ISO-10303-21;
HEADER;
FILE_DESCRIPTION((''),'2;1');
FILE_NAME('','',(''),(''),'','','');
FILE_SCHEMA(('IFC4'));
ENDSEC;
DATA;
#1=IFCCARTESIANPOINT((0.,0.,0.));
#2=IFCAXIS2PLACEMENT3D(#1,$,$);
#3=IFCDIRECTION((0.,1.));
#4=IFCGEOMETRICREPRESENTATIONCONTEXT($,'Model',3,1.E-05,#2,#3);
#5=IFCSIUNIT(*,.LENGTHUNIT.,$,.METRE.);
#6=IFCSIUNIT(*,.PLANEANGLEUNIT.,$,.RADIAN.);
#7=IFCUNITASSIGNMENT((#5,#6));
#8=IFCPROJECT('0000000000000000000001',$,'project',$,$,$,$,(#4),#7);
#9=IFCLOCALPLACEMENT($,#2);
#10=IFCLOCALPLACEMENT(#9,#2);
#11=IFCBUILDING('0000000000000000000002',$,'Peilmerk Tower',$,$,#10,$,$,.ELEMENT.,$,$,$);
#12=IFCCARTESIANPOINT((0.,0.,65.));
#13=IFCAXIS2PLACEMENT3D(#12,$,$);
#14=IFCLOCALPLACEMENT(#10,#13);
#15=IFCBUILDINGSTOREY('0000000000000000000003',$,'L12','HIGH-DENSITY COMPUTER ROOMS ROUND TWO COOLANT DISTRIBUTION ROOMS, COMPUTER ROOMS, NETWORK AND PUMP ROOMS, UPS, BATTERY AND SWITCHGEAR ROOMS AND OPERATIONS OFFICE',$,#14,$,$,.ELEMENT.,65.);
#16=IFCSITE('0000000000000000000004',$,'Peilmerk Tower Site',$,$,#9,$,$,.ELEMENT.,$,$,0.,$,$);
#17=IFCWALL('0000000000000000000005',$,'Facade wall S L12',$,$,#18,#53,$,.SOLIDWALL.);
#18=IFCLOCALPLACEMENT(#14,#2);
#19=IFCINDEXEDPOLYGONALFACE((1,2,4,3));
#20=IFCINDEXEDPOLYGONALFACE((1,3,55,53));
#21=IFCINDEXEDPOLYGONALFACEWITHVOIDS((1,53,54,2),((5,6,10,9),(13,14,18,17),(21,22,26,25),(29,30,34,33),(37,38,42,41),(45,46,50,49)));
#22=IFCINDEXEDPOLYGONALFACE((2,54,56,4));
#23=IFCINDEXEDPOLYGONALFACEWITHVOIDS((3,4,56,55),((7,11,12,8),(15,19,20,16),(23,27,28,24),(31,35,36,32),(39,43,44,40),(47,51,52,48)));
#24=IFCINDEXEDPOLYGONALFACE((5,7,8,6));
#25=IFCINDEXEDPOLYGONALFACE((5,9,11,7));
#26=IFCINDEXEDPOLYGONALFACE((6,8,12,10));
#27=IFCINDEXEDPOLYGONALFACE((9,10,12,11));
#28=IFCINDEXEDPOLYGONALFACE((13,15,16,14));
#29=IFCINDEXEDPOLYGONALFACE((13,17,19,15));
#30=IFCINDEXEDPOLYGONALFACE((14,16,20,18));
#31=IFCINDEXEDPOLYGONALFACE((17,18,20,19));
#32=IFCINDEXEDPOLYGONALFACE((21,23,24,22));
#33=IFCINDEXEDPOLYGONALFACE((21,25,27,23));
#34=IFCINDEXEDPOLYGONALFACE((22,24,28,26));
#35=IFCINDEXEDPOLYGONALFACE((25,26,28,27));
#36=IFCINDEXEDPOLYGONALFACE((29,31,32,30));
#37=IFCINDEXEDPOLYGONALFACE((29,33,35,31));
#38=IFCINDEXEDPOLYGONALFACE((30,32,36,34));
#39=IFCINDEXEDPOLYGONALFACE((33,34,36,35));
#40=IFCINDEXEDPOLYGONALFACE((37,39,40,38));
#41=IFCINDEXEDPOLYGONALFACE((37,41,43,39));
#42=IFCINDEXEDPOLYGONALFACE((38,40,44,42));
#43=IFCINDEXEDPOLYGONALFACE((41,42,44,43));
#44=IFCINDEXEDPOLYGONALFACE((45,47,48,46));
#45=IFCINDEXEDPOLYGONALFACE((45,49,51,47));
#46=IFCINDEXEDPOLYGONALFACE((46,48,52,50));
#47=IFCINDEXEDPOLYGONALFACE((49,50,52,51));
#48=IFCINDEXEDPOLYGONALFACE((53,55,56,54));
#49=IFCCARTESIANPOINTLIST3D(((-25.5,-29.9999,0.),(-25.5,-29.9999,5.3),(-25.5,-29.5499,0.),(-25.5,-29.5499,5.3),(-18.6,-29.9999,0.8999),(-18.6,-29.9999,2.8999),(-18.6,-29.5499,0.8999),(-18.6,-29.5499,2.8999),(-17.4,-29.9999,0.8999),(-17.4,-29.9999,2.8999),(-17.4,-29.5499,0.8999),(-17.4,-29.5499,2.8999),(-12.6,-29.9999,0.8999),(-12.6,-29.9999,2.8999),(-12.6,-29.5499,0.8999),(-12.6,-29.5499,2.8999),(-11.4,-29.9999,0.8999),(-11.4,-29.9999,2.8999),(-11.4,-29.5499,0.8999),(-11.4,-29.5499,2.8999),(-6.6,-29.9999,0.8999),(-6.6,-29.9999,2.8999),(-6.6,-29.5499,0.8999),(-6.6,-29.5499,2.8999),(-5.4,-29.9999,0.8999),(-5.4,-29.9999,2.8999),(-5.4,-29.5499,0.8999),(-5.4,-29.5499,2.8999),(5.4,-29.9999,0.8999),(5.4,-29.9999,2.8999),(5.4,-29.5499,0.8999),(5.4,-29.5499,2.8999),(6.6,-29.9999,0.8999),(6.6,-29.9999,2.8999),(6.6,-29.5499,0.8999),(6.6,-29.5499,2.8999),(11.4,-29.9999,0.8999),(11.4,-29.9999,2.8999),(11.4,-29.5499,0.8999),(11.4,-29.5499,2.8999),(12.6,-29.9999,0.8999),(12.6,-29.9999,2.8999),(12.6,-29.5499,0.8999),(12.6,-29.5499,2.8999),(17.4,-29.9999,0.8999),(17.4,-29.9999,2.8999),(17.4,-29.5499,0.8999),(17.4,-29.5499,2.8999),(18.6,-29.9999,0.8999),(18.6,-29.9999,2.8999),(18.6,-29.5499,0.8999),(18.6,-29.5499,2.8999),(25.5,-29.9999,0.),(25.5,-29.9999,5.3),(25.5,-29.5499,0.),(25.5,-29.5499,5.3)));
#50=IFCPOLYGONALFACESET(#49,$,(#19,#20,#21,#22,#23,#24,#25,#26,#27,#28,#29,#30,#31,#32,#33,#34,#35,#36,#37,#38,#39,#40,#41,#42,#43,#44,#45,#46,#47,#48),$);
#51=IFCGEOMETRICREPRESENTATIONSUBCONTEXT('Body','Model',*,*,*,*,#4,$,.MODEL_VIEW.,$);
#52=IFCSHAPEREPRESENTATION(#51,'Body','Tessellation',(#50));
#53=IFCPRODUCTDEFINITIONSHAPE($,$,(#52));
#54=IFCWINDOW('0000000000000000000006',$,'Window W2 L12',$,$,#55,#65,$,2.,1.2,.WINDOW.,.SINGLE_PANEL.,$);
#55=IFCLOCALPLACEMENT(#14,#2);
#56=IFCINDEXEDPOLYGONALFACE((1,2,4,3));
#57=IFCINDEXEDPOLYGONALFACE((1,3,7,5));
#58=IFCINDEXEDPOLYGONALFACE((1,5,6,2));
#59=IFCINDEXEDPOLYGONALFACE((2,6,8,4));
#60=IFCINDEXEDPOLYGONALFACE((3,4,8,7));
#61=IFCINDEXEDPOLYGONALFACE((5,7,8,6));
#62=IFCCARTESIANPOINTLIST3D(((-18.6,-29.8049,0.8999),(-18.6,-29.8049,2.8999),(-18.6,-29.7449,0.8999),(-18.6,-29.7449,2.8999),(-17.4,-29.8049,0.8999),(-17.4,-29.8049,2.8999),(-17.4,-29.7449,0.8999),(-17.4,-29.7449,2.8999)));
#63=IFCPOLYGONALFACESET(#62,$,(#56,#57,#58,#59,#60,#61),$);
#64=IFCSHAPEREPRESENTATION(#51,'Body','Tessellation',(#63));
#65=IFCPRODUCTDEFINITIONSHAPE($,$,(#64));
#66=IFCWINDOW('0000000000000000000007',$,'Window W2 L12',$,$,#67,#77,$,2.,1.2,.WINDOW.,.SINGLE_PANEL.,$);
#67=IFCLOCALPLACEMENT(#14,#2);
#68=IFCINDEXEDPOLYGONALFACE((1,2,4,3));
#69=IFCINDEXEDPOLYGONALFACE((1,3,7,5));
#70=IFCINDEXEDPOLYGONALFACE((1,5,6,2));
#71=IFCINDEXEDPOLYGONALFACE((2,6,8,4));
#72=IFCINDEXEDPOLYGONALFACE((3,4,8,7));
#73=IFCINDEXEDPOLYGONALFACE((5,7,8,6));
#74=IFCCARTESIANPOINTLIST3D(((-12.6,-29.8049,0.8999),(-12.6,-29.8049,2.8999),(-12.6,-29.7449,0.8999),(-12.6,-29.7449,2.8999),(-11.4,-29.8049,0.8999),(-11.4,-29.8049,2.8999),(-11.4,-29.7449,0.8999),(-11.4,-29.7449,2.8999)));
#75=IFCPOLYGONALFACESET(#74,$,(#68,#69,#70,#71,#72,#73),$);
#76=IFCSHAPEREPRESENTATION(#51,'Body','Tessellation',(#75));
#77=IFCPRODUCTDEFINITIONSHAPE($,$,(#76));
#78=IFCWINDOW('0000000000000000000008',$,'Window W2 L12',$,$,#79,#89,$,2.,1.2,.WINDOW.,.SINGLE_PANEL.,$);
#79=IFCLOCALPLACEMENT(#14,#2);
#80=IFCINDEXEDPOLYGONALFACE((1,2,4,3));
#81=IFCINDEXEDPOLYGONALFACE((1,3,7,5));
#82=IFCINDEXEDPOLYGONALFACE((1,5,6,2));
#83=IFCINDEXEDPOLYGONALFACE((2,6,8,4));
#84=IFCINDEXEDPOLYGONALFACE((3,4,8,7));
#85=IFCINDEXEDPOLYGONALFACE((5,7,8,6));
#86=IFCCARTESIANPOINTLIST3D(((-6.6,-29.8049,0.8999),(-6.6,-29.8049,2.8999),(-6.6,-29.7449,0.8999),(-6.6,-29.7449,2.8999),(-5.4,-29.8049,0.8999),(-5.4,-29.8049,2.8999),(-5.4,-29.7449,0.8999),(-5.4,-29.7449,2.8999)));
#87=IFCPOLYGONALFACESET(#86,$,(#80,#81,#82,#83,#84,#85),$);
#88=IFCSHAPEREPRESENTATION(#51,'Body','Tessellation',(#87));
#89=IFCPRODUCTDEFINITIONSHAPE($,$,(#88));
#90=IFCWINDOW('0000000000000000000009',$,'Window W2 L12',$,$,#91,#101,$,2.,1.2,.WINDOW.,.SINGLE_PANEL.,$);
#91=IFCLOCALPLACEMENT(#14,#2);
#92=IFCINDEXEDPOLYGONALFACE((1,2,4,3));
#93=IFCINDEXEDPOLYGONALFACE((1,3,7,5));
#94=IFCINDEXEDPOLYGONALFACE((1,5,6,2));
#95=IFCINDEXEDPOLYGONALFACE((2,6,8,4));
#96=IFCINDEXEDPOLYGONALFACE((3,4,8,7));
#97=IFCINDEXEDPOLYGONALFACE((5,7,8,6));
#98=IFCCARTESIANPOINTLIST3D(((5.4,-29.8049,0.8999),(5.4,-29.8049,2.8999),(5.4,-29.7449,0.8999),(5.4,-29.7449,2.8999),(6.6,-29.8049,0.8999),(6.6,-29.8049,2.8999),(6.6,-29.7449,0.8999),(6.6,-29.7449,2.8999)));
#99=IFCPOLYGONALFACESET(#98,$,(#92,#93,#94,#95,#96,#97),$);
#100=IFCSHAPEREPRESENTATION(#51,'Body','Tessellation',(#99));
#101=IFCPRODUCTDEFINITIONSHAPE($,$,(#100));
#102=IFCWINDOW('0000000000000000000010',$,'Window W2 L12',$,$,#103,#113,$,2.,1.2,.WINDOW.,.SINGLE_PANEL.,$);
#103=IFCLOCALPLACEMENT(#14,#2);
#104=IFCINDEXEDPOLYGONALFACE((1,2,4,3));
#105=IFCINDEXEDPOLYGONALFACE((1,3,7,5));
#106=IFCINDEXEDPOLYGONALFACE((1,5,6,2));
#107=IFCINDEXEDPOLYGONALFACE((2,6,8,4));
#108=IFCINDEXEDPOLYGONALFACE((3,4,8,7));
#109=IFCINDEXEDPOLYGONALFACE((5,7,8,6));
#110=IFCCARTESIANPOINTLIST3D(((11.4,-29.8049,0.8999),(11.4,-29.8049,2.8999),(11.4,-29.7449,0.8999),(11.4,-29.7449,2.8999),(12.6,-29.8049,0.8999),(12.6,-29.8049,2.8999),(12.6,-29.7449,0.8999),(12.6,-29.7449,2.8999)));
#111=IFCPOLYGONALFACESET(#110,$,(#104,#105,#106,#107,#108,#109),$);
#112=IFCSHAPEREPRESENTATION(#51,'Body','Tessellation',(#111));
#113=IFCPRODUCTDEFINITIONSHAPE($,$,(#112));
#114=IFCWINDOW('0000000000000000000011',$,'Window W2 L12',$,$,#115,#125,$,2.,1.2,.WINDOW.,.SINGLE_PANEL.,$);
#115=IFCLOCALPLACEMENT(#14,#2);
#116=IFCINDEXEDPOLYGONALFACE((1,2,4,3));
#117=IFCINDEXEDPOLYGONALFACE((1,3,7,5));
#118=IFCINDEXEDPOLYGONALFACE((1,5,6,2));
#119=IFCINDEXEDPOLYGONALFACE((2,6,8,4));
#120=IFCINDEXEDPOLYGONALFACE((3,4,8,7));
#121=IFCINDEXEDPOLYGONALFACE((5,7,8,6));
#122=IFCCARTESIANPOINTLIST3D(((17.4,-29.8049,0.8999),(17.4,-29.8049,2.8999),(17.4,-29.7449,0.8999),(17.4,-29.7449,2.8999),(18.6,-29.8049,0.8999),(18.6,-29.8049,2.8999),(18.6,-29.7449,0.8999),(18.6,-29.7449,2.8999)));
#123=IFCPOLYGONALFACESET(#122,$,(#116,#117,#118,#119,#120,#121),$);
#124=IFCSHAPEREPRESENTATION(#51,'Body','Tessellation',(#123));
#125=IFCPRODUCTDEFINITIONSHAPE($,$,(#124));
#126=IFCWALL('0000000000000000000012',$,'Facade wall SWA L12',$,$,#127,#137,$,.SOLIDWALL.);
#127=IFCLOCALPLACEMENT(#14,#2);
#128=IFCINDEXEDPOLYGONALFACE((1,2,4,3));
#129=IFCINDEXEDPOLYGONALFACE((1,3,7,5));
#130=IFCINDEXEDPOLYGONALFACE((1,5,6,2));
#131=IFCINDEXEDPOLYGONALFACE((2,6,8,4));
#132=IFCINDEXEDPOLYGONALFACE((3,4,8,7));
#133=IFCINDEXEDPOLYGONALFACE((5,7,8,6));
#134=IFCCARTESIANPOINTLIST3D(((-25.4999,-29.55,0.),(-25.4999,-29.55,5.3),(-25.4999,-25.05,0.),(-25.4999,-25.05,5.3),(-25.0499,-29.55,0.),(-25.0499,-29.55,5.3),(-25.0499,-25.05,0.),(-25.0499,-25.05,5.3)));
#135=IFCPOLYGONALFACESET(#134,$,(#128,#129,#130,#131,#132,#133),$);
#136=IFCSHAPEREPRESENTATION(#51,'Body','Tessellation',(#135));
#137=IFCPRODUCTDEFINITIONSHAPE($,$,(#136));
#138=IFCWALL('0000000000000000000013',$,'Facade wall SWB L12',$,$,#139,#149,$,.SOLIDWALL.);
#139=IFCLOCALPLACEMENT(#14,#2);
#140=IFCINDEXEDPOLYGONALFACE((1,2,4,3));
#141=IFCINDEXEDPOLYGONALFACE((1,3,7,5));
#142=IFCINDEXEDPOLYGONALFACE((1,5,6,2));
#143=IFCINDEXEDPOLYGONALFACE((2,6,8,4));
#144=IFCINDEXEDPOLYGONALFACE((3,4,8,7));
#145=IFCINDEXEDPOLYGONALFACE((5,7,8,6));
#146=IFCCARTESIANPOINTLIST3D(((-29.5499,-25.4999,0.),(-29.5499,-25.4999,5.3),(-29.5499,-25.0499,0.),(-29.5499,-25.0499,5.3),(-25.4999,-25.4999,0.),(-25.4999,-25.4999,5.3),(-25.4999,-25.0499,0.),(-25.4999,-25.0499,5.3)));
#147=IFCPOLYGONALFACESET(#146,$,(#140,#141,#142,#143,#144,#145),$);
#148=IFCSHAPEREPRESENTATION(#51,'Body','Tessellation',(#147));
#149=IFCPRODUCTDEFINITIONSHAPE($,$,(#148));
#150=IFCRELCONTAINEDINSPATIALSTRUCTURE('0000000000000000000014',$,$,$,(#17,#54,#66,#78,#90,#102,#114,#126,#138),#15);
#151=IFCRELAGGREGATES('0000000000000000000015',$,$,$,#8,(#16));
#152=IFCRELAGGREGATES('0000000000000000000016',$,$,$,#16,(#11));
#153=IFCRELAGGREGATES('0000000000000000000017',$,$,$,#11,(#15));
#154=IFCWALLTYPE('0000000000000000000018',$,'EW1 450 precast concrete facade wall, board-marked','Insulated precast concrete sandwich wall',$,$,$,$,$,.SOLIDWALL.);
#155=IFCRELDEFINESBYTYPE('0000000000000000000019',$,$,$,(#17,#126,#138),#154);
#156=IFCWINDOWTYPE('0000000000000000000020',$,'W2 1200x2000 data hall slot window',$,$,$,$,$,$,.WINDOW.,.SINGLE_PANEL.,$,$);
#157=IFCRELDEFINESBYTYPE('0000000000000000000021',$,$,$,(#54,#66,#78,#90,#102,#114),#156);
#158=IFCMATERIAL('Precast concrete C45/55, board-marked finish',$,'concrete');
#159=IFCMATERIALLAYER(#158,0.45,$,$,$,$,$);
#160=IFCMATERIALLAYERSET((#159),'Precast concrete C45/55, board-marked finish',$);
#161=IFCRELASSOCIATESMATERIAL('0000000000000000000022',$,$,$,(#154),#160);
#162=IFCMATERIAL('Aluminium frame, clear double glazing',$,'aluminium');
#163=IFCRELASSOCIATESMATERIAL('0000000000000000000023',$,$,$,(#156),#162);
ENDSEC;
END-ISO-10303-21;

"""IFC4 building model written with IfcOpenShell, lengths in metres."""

from ifc_helpers import new_model, si_unit, direction, frame, frame_2d, origin, place, context, subcontext, project, spatial, rectangle, extrude, material, layer, layer_set, type_object, element, fill, save


model = new_model("IFC4")

# Units and contexts
model_context = context("Model", 3, precision=1e-05, world=origin(), true_north=direction((0.0, 1.0)))
body_context = subcontext(model_context, "Body", "Model", "MODEL_VIEW")
ifc_project = project(units=[si_unit("LENGTHUNIT", "METRE"), si_unit("PLANEANGLEUNIT", "RADIAN")], contexts=[model_context])

# Site, building, storey
site_placement = place(None, origin())
site = spatial("IfcSite", under=ifc_project, at=site_placement, Name="Peilmerk Tower Site", CompositionType="ELEMENT", RefElevation=0.0)
building_placement = place(site_placement, origin())
building = spatial("IfcBuilding", under=site, at=building_placement, Name="Peilmerk Tower", CompositionType="ELEMENT")
storey_placement = place(building_placement, frame((0.0, 0.0, 65.0)))
storey = spatial("IfcBuildingStorey", under=building, at=storey_placement, Name="L12", Description="HIGH-DENSITY COMPUTER ROOMS ROUND TWO COOLANT DISTRIBUTION ROOMS, COMPUTER ROOMS, NETWORK AND PUMP ROOMS, UPS, BATTERY AND SWITCHGEAR ROOMS AND OPERATIONS OFFICE", CompositionType="ELEMENT", Elevation=65.0)

# Wall, openings, windows
ifc_material_1 = material(Name="Precast concrete C45/55, board-marked finish", Category="concrete")
ifc_layer = layer(ifc_material_1, 0.45)
ifc_layer_set = layer_set([ifc_layer], Name="Precast concrete C45/55, board-marked finish")
wall_type = type_object("IfcWallType", Name="EW1 450 precast concrete facade wall, board-marked", Description="Insulated precast concrete sandwich wall", PredefinedType="SOLIDWALL", material=ifc_layer_set)
wall_1_placement = place(storey_placement, frame((-25.5, -29.7749, 0.0), z_axis=(0.0, 0.0, 1.0), x_axis=(1.0, 0.0, 0.0)))
wall_1 = element("IfcWall", 1, at=wall_1_placement, inside=storey, type_object=wall_type, Name="Facade wall S L12", PredefinedType="SOLIDWALL", context=body_context, shape_type="SweptSolid", body=[
    extrude(rectangle(XDim=51.0, YDim=0.45, at=frame_2d((25.5, 0.0))), origin(), (0.0, 0.0, 1.0), 5.3),
])
opening_1_placement = place(wall_1_placement, frame((6.8999, 0.0, 0.8999)))
opening_1 = element("IfcOpeningElement", 2, at=opening_1_placement, cuts=wall_1, PredefinedType="OPENING", context=body_context, shape_type="SweptSolid", body=[
    extrude(rectangle(XDim=1.2, YDim=2.0, at=frame_2d((0.6001, 1.0))), frame((0.0, 0.2349, 0.0), z_axis=(0.0, -1.0, 0.0), x_axis=(1.0, 0.0, 0.0)), (0.0, 0.0, 1.0), 0.47),
])
opening_2_placement = place(wall_1_placement, frame((12.8999, 0.0, 0.8999)))
opening_2 = element("IfcOpeningElement", 3, at=opening_2_placement, cuts=wall_1, PredefinedType="OPENING", context=body_context, shape_type="SweptSolid", body=[
    extrude(rectangle(XDim=1.2, YDim=2.0, at=frame_2d((0.6001, 1.0))), frame((0.0, 0.2349, 0.0), z_axis=(0.0, -1.0, 0.0), x_axis=(1.0, 0.0, 0.0)), (0.0, 0.0, 1.0), 0.47),
])
opening_3_placement = place(wall_1_placement, frame((18.8999, 0.0, 0.8999)))
opening_3 = element("IfcOpeningElement", 4, at=opening_3_placement, cuts=wall_1, PredefinedType="OPENING", context=body_context, shape_type="SweptSolid", body=[
    extrude(rectangle(XDim=1.2, YDim=2.0, at=frame_2d((0.6001, 1.0))), frame((0.0, 0.2349, 0.0), z_axis=(0.0, -1.0, 0.0), x_axis=(1.0, 0.0, 0.0)), (0.0, 0.0, 1.0), 0.47),
])
opening_4_placement = place(wall_1_placement, frame((30.8999, 0.0, 0.8999)))
opening_4 = element("IfcOpeningElement", 5, at=opening_4_placement, cuts=wall_1, PredefinedType="OPENING", context=body_context, shape_type="SweptSolid", body=[
    extrude(rectangle(XDim=1.2, YDim=2.0, at=frame_2d((0.6001, 1.0))), frame((0.0, 0.2349, 0.0), z_axis=(0.0, -1.0, 0.0), x_axis=(1.0, 0.0, 0.0)), (0.0, 0.0, 1.0), 0.47),
])
opening_5_placement = place(wall_1_placement, frame((36.8999, 0.0, 0.8999)))
opening_5 = element("IfcOpeningElement", 6, at=opening_5_placement, cuts=wall_1, PredefinedType="OPENING", context=body_context, shape_type="SweptSolid", body=[
    extrude(rectangle(XDim=1.2, YDim=2.0, at=frame_2d((0.6001, 1.0))), frame((0.0, 0.2349, 0.0), z_axis=(0.0, -1.0, 0.0), x_axis=(1.0, 0.0, 0.0)), (0.0, 0.0, 1.0), 0.47),
])
opening_6_placement = place(wall_1_placement, frame((42.8999, 0.0, 0.8999)))
opening_6 = element("IfcOpeningElement", 7, at=opening_6_placement, cuts=wall_1, PredefinedType="OPENING", context=body_context, shape_type="SweptSolid", body=[
    extrude(rectangle(XDim=1.2, YDim=2.0, at=frame_2d((0.6001, 1.0))), frame((0.0, 0.2349, 0.0), z_axis=(0.0, -1.0, 0.0), x_axis=(1.0, 0.0, 0.0)), (0.0, 0.0, 1.0), 0.47),
])
ifc_material_2 = material(Name="Aluminium frame, clear double glazing", Category="aluminium")
window_type = type_object("IfcWindowType", Name="W2 1200x2000 data hall slot window", PartitioningType="SINGLE_PANEL", PredefinedType="WINDOW", material=ifc_material_2)
window_1_placement = place(opening_1_placement, origin())
window_1 = element("IfcWindow", 8, at=window_1_placement, inside=storey, type_object=window_type, Name="Window W2 L12", OverallHeight=2.0, OverallWidth=1.2, PartitioningType="SINGLE_PANEL", PredefinedType="WINDOW", context=body_context, shape_type="SweptSolid", body=[
    extrude(rectangle(XDim=1.2, YDim=2.0, at=frame_2d((0.6001, 1.0))), frame((0.0, 0.03, 0.0), z_axis=(0.0, -1.0, 0.0), x_axis=(1.0, 0.0, 0.0)), (0.0, 0.0, 1.0), 0.0601),
])
fill(opening_1, window_1)
window_2_placement = place(opening_2_placement, origin())
window_2 = element("IfcWindow", 9, at=window_2_placement, inside=storey, type_object=window_type, Name="Window W2 L12", OverallHeight=2.0, OverallWidth=1.2, PartitioningType="SINGLE_PANEL", PredefinedType="WINDOW", context=body_context, shape_type="SweptSolid", body=[
    extrude(rectangle(XDim=1.2, YDim=2.0, at=frame_2d((0.6001, 1.0))), frame((0.0, 0.03, 0.0), z_axis=(0.0, -1.0, 0.0), x_axis=(1.0, 0.0, 0.0)), (0.0, 0.0, 1.0), 0.0601),
])
fill(opening_2, window_2)
window_3_placement = place(opening_3_placement, origin())
window_3 = element("IfcWindow", 10, at=window_3_placement, inside=storey, type_object=window_type, Name="Window W2 L12", OverallHeight=2.0, OverallWidth=1.2, PartitioningType="SINGLE_PANEL", PredefinedType="WINDOW", context=body_context, shape_type="SweptSolid", body=[
    extrude(rectangle(XDim=1.2, YDim=2.0, at=frame_2d((0.6001, 1.0))), frame((0.0, 0.03, 0.0), z_axis=(0.0, -1.0, 0.0), x_axis=(1.0, 0.0, 0.0)), (0.0, 0.0, 1.0), 0.0601),
])
fill(opening_3, window_3)
window_4_placement = place(opening_4_placement, origin())
window_4 = element("IfcWindow", 11, at=window_4_placement, inside=storey, type_object=window_type, Name="Window W2 L12", OverallHeight=2.0, OverallWidth=1.2, PartitioningType="SINGLE_PANEL", PredefinedType="WINDOW", context=body_context, shape_type="SweptSolid", body=[
    extrude(rectangle(XDim=1.2, YDim=2.0, at=frame_2d((0.6001, 1.0))), frame((0.0, 0.03, 0.0), z_axis=(0.0, -1.0, 0.0), x_axis=(1.0, 0.0, 0.0)), (0.0, 0.0, 1.0), 0.0601),
])
fill(opening_4, window_4)
window_5_placement = place(opening_5_placement, origin())
window_5 = element("IfcWindow", 12, at=window_5_placement, inside=storey, type_object=window_type, Name="Window W2 L12", OverallHeight=2.0, OverallWidth=1.2, PartitioningType="SINGLE_PANEL", PredefinedType="WINDOW", context=body_context, shape_type="SweptSolid", body=[
    extrude(rectangle(XDim=1.2, YDim=2.0, at=frame_2d((0.6001, 1.0))), frame((0.0, 0.03, 0.0), z_axis=(0.0, -1.0, 0.0), x_axis=(1.0, 0.0, 0.0)), (0.0, 0.0, 1.0), 0.0601),
])
fill(opening_5, window_5)
window_6_placement = place(opening_6_placement, origin())
window_6 = element("IfcWindow", 13, at=window_6_placement, inside=storey, type_object=window_type, Name="Window W2 L12", OverallHeight=2.0, OverallWidth=1.2, PartitioningType="SINGLE_PANEL", PredefinedType="WINDOW", context=body_context, shape_type="SweptSolid", body=[
    extrude(rectangle(XDim=1.2, YDim=2.0, at=frame_2d((0.6001, 1.0))), frame((0.0, 0.03, 0.0), z_axis=(0.0, -1.0, 0.0), x_axis=(1.0, 0.0, 0.0)), (0.0, 0.0, 1.0), 0.0601),
])
fill(opening_6, window_6)

# Walls
wall_2_placement = place(storey_placement, frame((-25.2749, -25.05, 0.0), z_axis=(0.0, 0.0, 1.0), x_axis=(0.0, -1.0, 0.0)))
element("IfcWall", 14, at=wall_2_placement, inside=storey, type_object=wall_type, Name="Facade wall SWA L12", PredefinedType="SOLIDWALL", context=body_context, shape_type="SweptSolid", body=[
    extrude(rectangle(XDim=4.5, YDim=0.45, at=frame_2d((2.25, 0.0))), origin(), (0.0, 0.0, 1.0), 5.3),
])
wall_3_placement = place(storey_placement, frame((-25.5, -25.2749, 0.0), z_axis=(0.0, 0.0, 1.0), x_axis=(-1.0, 0.0, 0.0)))
element("IfcWall", 15, at=wall_3_placement, inside=storey, type_object=wall_type, Name="Facade wall SWB L12", PredefinedType="SOLIDWALL", context=body_context, shape_type="SweptSolid", body=[
    extrude(rectangle(XDim=4.05, YDim=0.45, at=frame_2d((2.0249, 0.0))), origin(), (0.0, 0.0, 1.0), 5.3),
])

save(model, "model.ifc")
